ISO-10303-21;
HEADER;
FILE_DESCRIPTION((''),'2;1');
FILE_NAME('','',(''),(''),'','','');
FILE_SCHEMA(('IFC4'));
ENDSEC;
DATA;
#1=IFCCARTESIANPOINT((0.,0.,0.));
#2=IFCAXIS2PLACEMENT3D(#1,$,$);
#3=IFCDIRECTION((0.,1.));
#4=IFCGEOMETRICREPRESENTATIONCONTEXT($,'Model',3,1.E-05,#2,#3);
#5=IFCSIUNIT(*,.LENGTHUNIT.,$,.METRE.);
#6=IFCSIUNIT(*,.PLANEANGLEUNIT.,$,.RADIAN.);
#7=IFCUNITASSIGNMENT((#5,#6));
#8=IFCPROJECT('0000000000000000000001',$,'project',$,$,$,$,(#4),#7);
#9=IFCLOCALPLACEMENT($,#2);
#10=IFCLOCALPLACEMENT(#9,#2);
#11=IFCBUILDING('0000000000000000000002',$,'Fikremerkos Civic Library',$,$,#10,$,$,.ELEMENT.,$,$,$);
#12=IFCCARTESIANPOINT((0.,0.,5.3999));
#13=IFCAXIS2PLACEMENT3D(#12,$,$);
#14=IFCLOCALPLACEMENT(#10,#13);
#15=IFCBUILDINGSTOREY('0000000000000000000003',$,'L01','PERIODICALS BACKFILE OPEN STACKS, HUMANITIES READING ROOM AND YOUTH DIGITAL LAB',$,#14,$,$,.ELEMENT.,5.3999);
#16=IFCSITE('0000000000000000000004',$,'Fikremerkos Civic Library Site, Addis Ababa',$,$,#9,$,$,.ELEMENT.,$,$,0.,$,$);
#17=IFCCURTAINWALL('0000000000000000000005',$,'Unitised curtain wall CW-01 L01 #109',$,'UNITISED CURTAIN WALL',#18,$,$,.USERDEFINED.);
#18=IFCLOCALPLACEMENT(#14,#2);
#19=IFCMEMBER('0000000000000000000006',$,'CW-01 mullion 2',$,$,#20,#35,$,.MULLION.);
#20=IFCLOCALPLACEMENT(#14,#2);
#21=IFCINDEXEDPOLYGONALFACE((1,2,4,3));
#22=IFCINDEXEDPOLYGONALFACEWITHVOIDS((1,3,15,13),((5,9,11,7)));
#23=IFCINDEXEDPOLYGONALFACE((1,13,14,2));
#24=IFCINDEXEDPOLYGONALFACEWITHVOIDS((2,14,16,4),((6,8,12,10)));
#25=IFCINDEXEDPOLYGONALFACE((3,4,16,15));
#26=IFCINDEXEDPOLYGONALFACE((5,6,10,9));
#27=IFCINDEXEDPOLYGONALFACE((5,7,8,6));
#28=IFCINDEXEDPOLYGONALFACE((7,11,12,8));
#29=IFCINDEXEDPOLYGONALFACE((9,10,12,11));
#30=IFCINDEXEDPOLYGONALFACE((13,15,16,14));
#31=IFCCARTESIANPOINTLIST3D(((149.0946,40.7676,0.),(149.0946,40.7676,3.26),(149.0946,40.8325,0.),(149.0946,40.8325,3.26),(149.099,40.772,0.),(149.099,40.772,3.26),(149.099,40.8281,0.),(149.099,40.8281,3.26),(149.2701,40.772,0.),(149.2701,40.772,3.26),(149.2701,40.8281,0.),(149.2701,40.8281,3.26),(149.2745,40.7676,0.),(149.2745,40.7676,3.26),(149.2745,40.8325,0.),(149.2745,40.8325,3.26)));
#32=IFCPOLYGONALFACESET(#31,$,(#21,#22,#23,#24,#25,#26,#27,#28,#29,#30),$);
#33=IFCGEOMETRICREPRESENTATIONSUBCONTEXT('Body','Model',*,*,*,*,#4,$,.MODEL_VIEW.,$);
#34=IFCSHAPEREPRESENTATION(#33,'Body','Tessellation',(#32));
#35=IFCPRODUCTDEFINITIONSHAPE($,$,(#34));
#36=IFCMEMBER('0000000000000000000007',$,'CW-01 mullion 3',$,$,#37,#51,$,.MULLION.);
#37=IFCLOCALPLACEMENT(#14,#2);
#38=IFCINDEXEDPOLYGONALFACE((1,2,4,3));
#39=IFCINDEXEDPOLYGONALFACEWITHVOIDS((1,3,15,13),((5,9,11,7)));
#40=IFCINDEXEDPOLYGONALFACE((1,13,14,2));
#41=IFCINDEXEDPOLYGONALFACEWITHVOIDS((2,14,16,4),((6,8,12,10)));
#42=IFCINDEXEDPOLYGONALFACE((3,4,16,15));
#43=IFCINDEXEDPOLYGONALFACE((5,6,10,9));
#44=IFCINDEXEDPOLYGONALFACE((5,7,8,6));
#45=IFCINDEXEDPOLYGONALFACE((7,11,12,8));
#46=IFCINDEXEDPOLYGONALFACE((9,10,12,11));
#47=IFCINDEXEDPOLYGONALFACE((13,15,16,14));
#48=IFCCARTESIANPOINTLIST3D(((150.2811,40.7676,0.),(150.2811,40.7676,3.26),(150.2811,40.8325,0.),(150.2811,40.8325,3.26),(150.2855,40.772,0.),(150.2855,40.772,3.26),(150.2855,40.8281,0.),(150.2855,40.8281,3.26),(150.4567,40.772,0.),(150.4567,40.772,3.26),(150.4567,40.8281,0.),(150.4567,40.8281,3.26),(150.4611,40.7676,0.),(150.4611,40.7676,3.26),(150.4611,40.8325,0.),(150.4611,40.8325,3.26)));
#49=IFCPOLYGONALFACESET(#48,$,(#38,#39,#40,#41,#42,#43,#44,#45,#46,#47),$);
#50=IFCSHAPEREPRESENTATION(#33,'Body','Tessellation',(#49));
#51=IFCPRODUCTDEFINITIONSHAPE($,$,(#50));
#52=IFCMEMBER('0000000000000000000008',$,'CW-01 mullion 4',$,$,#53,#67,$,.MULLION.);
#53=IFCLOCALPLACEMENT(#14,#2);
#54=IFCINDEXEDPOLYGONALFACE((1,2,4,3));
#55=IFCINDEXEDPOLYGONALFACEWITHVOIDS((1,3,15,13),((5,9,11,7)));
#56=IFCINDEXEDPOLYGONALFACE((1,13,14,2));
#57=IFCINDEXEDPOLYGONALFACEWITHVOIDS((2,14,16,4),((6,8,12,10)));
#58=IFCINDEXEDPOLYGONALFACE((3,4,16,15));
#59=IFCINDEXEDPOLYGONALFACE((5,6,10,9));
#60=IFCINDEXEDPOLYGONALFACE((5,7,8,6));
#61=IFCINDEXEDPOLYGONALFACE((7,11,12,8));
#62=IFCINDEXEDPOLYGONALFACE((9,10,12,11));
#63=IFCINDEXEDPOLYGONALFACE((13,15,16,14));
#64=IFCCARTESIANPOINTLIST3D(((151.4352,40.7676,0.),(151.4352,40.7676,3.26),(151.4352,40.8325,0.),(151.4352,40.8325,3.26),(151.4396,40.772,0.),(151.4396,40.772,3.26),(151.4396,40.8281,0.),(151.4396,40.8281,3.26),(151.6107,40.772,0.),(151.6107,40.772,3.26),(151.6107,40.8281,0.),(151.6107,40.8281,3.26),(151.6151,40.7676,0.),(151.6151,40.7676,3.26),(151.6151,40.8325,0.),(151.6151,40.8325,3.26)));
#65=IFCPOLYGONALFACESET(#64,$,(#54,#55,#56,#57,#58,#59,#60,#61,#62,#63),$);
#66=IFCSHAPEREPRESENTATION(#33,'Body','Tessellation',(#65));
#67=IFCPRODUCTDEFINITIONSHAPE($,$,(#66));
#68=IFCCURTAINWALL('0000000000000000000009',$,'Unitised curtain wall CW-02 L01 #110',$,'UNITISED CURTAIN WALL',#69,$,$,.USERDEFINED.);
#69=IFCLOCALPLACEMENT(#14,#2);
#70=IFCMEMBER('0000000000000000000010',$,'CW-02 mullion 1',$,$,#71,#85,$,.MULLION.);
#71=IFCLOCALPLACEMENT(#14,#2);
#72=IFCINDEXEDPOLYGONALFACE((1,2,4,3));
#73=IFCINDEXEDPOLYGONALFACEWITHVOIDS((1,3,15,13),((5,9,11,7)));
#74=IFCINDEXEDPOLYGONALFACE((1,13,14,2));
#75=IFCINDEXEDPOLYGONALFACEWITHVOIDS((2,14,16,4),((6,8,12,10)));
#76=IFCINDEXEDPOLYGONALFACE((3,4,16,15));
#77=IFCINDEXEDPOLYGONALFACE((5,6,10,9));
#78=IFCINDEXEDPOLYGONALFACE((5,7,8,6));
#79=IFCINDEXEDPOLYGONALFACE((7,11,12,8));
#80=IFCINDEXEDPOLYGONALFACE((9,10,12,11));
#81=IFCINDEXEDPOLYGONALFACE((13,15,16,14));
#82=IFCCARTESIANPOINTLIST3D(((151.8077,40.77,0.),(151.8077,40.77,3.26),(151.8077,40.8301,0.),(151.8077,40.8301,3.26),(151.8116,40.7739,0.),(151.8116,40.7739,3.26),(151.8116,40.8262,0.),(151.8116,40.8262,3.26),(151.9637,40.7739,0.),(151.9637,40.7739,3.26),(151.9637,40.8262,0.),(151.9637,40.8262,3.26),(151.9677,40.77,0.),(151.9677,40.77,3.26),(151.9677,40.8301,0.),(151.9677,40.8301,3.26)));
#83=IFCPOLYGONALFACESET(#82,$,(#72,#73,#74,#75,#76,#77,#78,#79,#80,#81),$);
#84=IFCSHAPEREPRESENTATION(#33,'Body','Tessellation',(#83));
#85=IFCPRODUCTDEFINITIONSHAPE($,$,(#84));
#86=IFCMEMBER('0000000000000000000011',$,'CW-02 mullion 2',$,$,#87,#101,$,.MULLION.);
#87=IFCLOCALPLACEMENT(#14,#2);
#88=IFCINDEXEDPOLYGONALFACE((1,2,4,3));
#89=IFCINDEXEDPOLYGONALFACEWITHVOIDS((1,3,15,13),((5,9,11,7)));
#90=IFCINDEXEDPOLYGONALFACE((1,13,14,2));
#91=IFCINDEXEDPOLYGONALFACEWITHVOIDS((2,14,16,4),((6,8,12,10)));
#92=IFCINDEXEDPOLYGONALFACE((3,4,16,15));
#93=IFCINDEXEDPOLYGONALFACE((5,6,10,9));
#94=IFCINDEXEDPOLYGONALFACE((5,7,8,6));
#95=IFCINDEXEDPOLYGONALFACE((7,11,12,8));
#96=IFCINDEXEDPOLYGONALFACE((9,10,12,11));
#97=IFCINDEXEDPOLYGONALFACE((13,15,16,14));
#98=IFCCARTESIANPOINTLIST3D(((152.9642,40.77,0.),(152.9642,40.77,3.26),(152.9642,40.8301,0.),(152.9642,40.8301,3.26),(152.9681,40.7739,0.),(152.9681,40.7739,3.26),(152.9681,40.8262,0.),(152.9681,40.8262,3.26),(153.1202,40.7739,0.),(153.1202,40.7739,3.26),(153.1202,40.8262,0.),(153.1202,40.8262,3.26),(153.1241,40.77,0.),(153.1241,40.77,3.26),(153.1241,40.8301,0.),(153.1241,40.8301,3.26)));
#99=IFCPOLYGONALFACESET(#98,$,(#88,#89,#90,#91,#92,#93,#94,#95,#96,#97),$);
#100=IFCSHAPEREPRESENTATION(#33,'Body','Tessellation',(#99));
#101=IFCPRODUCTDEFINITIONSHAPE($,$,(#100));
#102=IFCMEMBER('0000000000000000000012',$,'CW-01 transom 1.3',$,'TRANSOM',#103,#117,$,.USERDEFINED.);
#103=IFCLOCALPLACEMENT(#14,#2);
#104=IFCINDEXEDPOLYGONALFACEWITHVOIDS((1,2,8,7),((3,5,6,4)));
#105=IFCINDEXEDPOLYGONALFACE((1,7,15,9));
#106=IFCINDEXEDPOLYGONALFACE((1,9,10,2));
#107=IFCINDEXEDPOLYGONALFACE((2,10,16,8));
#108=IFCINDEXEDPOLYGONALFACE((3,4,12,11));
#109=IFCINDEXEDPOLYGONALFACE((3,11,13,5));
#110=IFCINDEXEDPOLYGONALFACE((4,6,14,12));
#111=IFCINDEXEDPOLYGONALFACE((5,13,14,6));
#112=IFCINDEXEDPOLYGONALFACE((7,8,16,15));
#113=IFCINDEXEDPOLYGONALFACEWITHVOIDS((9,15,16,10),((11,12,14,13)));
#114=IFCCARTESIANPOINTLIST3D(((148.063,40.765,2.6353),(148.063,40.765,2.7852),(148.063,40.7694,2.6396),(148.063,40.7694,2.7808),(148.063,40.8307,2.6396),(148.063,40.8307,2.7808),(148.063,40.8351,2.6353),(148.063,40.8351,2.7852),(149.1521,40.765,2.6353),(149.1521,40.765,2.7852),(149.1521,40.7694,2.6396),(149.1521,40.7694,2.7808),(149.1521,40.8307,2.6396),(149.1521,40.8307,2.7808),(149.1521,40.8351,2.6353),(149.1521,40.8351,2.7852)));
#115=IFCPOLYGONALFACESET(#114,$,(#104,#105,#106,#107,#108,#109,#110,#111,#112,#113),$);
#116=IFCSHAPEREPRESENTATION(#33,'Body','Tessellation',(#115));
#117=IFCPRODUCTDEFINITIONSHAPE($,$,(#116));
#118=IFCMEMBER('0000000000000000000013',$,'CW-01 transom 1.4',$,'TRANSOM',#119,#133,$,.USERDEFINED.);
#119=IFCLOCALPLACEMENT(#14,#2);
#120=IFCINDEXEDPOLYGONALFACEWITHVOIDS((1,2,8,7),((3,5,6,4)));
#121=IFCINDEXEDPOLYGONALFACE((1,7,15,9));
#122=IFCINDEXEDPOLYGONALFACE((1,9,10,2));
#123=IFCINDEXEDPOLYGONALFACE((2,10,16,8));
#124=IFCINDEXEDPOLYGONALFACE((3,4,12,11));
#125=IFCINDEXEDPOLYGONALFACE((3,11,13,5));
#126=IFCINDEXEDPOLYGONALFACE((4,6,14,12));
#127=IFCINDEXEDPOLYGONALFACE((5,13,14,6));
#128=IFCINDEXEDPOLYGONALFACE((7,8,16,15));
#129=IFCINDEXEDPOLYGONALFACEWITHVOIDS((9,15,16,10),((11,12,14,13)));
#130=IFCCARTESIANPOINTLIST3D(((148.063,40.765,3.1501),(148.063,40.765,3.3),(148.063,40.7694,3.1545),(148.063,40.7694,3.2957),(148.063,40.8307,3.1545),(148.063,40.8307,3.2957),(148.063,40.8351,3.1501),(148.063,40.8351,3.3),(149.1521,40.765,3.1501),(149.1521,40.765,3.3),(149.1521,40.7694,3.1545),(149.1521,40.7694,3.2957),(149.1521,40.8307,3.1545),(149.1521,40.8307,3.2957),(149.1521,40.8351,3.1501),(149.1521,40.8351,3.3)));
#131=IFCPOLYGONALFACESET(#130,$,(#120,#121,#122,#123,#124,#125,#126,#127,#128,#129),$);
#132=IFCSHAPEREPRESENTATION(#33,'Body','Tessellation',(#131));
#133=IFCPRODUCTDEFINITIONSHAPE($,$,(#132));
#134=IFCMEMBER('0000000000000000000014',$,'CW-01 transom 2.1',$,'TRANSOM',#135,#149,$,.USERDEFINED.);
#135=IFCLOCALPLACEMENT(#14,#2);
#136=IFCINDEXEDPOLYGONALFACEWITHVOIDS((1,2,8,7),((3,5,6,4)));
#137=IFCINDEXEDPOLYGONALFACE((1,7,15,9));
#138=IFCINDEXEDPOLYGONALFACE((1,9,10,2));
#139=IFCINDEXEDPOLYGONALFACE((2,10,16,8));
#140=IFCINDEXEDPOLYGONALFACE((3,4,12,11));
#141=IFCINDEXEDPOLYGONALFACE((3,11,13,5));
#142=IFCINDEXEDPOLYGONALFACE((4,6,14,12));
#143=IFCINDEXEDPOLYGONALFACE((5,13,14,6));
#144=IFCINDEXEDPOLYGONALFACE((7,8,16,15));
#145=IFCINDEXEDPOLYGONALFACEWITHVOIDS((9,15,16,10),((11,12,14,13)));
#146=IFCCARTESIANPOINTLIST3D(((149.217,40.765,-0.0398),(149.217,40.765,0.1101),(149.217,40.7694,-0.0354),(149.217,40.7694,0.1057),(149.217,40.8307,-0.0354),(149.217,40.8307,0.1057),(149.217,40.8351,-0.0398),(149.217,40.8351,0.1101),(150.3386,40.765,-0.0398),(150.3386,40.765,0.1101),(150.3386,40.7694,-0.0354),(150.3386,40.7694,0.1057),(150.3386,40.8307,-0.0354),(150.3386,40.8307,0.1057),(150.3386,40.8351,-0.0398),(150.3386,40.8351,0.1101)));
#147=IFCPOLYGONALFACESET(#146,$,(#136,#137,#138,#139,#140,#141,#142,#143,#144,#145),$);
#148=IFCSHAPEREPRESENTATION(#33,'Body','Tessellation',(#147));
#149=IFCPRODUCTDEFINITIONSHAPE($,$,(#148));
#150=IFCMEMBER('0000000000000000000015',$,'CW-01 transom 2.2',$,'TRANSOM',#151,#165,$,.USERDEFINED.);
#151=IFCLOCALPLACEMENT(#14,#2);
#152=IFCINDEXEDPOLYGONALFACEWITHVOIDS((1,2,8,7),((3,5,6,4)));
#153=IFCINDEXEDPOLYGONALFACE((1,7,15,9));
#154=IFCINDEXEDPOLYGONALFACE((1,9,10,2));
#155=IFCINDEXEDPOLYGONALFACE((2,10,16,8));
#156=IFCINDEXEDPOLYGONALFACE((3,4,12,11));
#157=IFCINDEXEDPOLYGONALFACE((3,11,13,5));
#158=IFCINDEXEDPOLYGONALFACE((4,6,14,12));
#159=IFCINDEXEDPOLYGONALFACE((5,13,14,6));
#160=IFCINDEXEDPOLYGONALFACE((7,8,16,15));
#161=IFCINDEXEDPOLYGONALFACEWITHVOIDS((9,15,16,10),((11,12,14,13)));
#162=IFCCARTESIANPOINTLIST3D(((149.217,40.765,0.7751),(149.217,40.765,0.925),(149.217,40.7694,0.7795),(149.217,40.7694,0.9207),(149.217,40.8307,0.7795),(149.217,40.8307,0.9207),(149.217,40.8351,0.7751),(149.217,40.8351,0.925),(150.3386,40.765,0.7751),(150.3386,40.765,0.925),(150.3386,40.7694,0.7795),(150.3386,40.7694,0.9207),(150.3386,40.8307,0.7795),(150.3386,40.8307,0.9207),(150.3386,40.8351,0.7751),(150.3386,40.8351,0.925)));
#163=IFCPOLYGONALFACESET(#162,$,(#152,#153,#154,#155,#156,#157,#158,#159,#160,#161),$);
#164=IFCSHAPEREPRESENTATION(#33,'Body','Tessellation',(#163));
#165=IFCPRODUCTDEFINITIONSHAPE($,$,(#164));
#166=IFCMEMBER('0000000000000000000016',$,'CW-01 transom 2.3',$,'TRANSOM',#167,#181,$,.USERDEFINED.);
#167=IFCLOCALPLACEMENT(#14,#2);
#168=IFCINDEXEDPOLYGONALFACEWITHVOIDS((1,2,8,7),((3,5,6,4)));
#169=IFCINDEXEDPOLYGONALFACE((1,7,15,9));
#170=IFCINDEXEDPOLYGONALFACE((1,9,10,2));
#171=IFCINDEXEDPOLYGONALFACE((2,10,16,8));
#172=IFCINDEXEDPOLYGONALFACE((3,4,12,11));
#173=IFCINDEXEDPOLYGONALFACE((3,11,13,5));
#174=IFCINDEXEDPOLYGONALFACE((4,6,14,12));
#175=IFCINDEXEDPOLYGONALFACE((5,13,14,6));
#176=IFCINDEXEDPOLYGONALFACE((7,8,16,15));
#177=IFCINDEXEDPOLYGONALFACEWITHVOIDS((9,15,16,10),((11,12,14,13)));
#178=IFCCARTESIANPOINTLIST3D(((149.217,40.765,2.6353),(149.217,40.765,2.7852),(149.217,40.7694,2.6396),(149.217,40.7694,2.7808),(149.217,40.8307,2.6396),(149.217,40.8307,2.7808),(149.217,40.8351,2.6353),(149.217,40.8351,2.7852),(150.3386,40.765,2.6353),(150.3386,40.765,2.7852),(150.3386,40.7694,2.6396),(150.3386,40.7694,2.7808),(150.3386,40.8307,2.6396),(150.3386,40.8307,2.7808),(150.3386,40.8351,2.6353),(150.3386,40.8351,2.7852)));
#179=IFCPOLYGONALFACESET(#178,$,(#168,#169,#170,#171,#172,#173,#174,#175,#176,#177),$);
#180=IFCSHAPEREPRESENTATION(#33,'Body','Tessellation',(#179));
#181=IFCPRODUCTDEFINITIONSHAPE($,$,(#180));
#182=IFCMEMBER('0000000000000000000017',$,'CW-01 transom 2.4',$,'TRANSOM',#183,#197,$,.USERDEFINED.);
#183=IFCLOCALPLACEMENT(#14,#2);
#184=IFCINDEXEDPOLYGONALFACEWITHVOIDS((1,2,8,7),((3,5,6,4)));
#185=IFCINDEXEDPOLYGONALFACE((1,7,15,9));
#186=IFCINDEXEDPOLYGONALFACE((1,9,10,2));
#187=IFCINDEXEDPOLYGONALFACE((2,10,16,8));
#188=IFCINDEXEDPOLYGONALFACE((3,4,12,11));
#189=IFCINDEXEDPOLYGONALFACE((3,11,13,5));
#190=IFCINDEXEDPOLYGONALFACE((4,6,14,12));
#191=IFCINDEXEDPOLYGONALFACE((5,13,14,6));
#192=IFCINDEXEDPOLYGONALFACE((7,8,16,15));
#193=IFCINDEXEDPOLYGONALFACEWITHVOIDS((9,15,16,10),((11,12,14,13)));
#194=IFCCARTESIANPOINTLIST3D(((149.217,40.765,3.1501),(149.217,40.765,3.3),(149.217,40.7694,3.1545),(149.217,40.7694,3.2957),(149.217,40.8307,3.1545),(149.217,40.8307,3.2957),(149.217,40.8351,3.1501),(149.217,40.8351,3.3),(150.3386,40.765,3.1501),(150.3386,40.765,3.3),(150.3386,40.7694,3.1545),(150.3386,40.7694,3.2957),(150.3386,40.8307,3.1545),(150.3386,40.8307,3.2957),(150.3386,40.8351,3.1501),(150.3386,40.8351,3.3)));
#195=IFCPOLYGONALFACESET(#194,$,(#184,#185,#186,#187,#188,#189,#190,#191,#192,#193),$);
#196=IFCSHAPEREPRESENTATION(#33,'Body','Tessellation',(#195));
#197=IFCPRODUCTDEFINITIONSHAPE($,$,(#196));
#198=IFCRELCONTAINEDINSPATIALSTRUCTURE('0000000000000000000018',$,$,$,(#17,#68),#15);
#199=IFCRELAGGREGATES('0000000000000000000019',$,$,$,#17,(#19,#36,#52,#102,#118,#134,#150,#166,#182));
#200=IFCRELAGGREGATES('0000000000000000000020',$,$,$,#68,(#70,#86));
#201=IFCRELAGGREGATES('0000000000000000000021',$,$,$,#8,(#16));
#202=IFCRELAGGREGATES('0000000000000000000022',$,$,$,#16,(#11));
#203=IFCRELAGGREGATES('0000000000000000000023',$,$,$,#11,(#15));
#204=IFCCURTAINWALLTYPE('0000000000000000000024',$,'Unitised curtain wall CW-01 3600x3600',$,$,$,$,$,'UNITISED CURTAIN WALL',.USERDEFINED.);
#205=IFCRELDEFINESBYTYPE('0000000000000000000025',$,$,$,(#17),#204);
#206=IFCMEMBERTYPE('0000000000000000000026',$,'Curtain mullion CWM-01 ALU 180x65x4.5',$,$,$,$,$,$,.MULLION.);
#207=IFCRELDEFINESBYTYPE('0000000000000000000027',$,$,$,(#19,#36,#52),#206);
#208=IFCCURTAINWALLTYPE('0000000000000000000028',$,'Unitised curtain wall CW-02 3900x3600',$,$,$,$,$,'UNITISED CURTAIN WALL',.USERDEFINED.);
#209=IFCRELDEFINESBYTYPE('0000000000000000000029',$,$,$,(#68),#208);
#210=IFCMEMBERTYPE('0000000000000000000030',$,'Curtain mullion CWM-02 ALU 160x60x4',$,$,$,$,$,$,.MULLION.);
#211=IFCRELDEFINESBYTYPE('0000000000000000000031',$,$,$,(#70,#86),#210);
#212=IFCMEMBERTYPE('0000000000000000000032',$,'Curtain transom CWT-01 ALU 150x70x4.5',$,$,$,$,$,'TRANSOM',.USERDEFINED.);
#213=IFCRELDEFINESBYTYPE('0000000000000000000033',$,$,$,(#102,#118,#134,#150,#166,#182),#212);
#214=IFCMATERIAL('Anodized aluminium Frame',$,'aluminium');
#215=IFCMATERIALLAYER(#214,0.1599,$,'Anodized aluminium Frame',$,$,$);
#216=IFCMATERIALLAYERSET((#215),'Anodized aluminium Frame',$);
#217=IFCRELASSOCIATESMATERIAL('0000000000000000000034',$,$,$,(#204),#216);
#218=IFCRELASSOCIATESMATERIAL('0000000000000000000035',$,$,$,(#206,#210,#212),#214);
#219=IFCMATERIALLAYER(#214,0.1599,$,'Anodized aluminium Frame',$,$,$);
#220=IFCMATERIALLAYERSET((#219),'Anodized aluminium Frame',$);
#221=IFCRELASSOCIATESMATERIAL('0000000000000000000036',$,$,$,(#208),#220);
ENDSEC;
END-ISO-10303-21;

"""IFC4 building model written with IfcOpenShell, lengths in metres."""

from ifc_helpers import new_model, si_unit, direction, frame, origin, origin_2d, place, context, subcontext, project, spatial, hollow_rectangle, extrude, material, layer, layer_set, material_profile, profile_set, type_object, element, aggregate, save


model = new_model("IFC4")

# Units and contexts
model_context = context("Model", 3, precision=1e-05, world=origin(), true_north=direction((0.0, 1.0)))
body_context = subcontext(model_context, "Body", "Model", "MODEL_VIEW")
ifc_project = project(units=[si_unit("LENGTHUNIT", "METRE"), si_unit("PLANEANGLEUNIT", "RADIAN")], contexts=[model_context])

# Site, building, storey
site_placement = place(None, origin())
site = spatial("IfcSite", under=ifc_project, at=site_placement, Name="Fikremerkos Civic Library Site, Addis Ababa", CompositionType="ELEMENT", RefElevation=0.0)
building_placement = place(site_placement, origin())
building = spatial("IfcBuilding", under=site, at=building_placement, Name="Fikremerkos Civic Library", CompositionType="ELEMENT")
storey_placement = place(building_placement, frame((0.0, 0.0, 5.3999)))
storey = spatial("IfcBuildingStorey", under=building, at=storey_placement, Name="L01", Description="PERIODICALS BACKFILE OPEN STACKS, HUMANITIES READING ROOM AND YOUTH DIGITAL LAB", CompositionType="ELEMENT", Elevation=5.3999)

# Curtain walls, members
ifc_material_1 = material(Name="Anodized aluminium Frame", Category="aluminium")
ifc_layer_1 = layer(ifc_material_1, 0.1599, Name="Anodized aluminium Frame")
ifc_layer_set_1 = layer_set([ifc_layer_1], Name="Anodized aluminium Frame")
curtain_wall_type_1 = type_object("IfcCurtainWallType", Name="Unitised curtain wall CW-01 3600x3600", ElementType="UNITISED CURTAIN WALL", PredefinedType="USERDEFINED", material=ifc_layer_set_1)
curtain_wall_1_placement = place(storey_placement, origin())
curtain_wall_1 = element("IfcCurtainWall", 1, at=curtain_wall_1_placement, inside=storey, type_object=curtain_wall_type_1, Name="Unitised curtain wall CW-01 L01 #109", ObjectType="UNITISED CURTAIN WALL", PredefinedType="USERDEFINED")
ifc_material_profile_1 = material_profile(ifc_material_1, hollow_rectangle(XDim=0.0649, YDim=0.1799, WallThickness=0.0044, at=origin_2d()), Name="ALU 180x65x4.5")
ifc_profile_set_1 = profile_set([ifc_material_profile_1], Name="Anodized aluminium Frame")
member_type_1 = type_object("IfcMemberType", Name="Curtain mullion CWM-01 ALU 180x65x4.5", PredefinedType="MULLION", material=ifc_profile_set_1)
member_1_placement = place(storey_placement, frame((149.1846, 40.8, 0.0), z_axis=(0.0, 0.0, 1.0), x_axis=(0.0, 1.0, 0.0)))
member_1 = element("IfcMember", 2, at=member_1_placement, type_object=member_type_1, Name="CW-01 mullion 2", PredefinedType="MULLION", context=body_context, shape_type="SweptSolid", body=[
    extrude(hollow_rectangle(XDim=0.0649, YDim=0.1799, WallThickness=0.0044, at=origin_2d()), origin(), (0.0, 0.0, 1.0), 3.26),
])
member_2_placement = place(storey_placement, frame((150.3711, 40.8, 0.0), z_axis=(0.0, 0.0, 1.0), x_axis=(0.0, 1.0, 0.0)))
member_2 = element("IfcMember", 3, at=member_2_placement, type_object=member_type_1, Name="CW-01 mullion 3", PredefinedType="MULLION", context=body_context, shape_type="SweptSolid", body=[
    extrude(hollow_rectangle(XDim=0.0649, YDim=0.1799, WallThickness=0.0044, at=origin_2d()), origin(), (0.0, 0.0, 1.0), 3.26),
])
member_3_placement = place(storey_placement, frame((151.5251, 40.8, 0.0), z_axis=(0.0, 0.0, 1.0), x_axis=(0.0, 1.0, 0.0)))
member_3 = element("IfcMember", 4, at=member_3_placement, type_object=member_type_1, Name="CW-01 mullion 4", PredefinedType="MULLION", context=body_context, shape_type="SweptSolid", body=[
    extrude(hollow_rectangle(XDim=0.0649, YDim=0.1799, WallThickness=0.0044, at=origin_2d()), origin(), (0.0, 0.0, 1.0), 3.26),
])
ifc_layer_2 = layer(ifc_material_1, 0.1599, Name="Anodized aluminium Frame")
ifc_layer_set_2 = layer_set([ifc_layer_2], Name="Anodized aluminium Frame")
curtain_wall_type_2 = type_object("IfcCurtainWallType", Name="Unitised curtain wall CW-02 3900x3600", ElementType="UNITISED CURTAIN WALL", PredefinedType="USERDEFINED", material=ifc_layer_set_2)
curtain_wall_2_placement = place(storey_placement, origin())
curtain_wall_2 = element("IfcCurtainWall", 5, at=curtain_wall_2_placement, inside=storey, type_object=curtain_wall_type_2, Name="Unitised curtain wall CW-02 L01 #110", ObjectType="UNITISED CURTAIN WALL", PredefinedType="USERDEFINED")
ifc_material_profile_2 = material_profile(ifc_material_1, hollow_rectangle(XDim=0.0601, YDim=0.1599, WallThickness=0.0039, at=origin_2d()), Name="ALU 160x60x4")
ifc_profile_set_2 = profile_set([ifc_material_profile_2], Name="Anodized aluminium Frame")
member_type_2 = type_object("IfcMemberType", Name="Curtain mullion CWM-02 ALU 160x60x4", PredefinedType="MULLION", material=ifc_profile_set_2)
member_4_placement = place(storey_placement, frame((151.8877, 40.8, 0.0), z_axis=(0.0, 0.0, 1.0), x_axis=(0.0, 1.0, 0.0)))
member_4 = element("IfcMember", 6, at=member_4_placement, type_object=member_type_2, Name="CW-02 mullion 1", PredefinedType="MULLION", context=body_context, shape_type="SweptSolid", body=[
    extrude(hollow_rectangle(XDim=0.0601, YDim=0.1599, WallThickness=0.0039, at=origin_2d()), origin(), (0.0, 0.0, 1.0), 3.26),
])
member_5_placement = place(storey_placement, frame((153.0442, 40.8, 0.0), z_axis=(0.0, 0.0, 1.0), x_axis=(0.0, 1.0, 0.0)))
member_5 = element("IfcMember", 7, at=member_5_placement, type_object=member_type_2, Name="CW-02 mullion 2", PredefinedType="MULLION", context=body_context, shape_type="SweptSolid", body=[
    extrude(hollow_rectangle(XDim=0.0601, YDim=0.1599, WallThickness=0.0039, at=origin_2d()), origin(), (0.0, 0.0, 1.0), 3.26),
])

# Members
ifc_material_profile_3 = material_profile(ifc_material_1, hollow_rectangle(XDim=0.0701, YDim=0.1499, WallThickness=0.0044, at=origin_2d()), Name="ALU 150x70x4.5")
ifc_profile_set_3 = profile_set([ifc_material_profile_3], Name="Anodized aluminium Frame")
member_type_3 = type_object("IfcMemberType", Name="Curtain transom CWT-01 ALU 150x70x4.5", ElementType="TRANSOM", PredefinedType="USERDEFINED", material=ifc_profile_set_3)
member_6_placement = place(storey_placement, frame((148.063, 40.8, 2.7102), z_axis=(1.0, 0.0, 0.0), x_axis=(0.0, 1.0, 0.0)))
member_6 = element("IfcMember", 8, at=member_6_placement, type_object=member_type_3, Name="CW-01 transom 1.3", ObjectType="TRANSOM", PredefinedType="USERDEFINED", context=body_context, shape_type="SweptSolid", body=[
    extrude(hollow_rectangle(XDim=0.0701, YDim=0.1499, WallThickness=0.0044, at=origin_2d()), origin(), (0.0, 0.0, 1.0), 1.0891),
])
member_7_placement = place(storey_placement, frame((148.063, 40.8, 3.2251), z_axis=(1.0, 0.0, 0.0), x_axis=(0.0, 1.0, 0.0)))
member_7 = element("IfcMember", 9, at=member_7_placement, type_object=member_type_3, Name="CW-01 transom 1.4", ObjectType="TRANSOM", PredefinedType="USERDEFINED", context=body_context, shape_type="SweptSolid", body=[
    extrude(hollow_rectangle(XDim=0.0701, YDim=0.1499, WallThickness=0.0044, at=origin_2d()), origin(), (0.0, 0.0, 1.0), 1.0891),
])
member_8_placement = place(storey_placement, frame((149.217, 40.8, 0.0352), z_axis=(1.0, 0.0, 0.0), x_axis=(0.0, 1.0, 0.0)))
member_8 = element("IfcMember", 10, at=member_8_placement, type_object=member_type_3, Name="CW-01 transom 2.1", ObjectType="TRANSOM", PredefinedType="USERDEFINED", context=body_context, shape_type="SweptSolid", body=[
    extrude(hollow_rectangle(XDim=0.0701, YDim=0.1499, WallThickness=0.0044, at=origin_2d()), origin(), (0.0, 0.0, 1.0), 1.1216),
])
member_9_placement = place(storey_placement, frame((149.217, 40.8, 0.8501), z_axis=(1.0, 0.0, 0.0), x_axis=(0.0, 1.0, 0.0)))
member_9 = element("IfcMember", 11, at=member_9_placement, type_object=member_type_3, Name="CW-01 transom 2.2", ObjectType="TRANSOM", PredefinedType="USERDEFINED", context=body_context, shape_type="SweptSolid", body=[
    extrude(hollow_rectangle(XDim=0.0701, YDim=0.1499, WallThickness=0.0044, at=origin_2d()), origin(), (0.0, 0.0, 1.0), 1.1216),
])
member_10_placement = place(storey_placement, frame((149.217, 40.8, 2.7102), z_axis=(1.0, 0.0, 0.0), x_axis=(0.0, 1.0, 0.0)))
member_10 = element("IfcMember", 12, at=member_10_placement, type_object=member_type_3, Name="CW-01 transom 2.3", ObjectType="TRANSOM", PredefinedType="USERDEFINED", context=body_context, shape_type="SweptSolid", body=[
    extrude(hollow_rectangle(XDim=0.0701, YDim=0.1499, WallThickness=0.0044, at=origin_2d()), origin(), (0.0, 0.0, 1.0), 1.1216),
])
member_11_placement = place(storey_placement, frame((149.217, 40.8, 3.2251), z_axis=(1.0, 0.0, 0.0), x_axis=(0.0, 1.0, 0.0)))
member_11 = element("IfcMember", 13, at=member_11_placement, type_object=member_type_3, Name="CW-01 transom 2.4", ObjectType="TRANSOM", PredefinedType="USERDEFINED", context=body_context, shape_type="SweptSolid", body=[
    extrude(hollow_rectangle(XDim=0.0701, YDim=0.1499, WallThickness=0.0044, at=origin_2d()), origin(), (0.0, 0.0, 1.0), 1.1216),
])

aggregate(curtain_wall_1, [member_1, member_2, member_3, member_6, member_7, member_8, member_9, member_10, member_11])
aggregate(curtain_wall_2, [member_4, member_5])

save(model, "model.ifc")
